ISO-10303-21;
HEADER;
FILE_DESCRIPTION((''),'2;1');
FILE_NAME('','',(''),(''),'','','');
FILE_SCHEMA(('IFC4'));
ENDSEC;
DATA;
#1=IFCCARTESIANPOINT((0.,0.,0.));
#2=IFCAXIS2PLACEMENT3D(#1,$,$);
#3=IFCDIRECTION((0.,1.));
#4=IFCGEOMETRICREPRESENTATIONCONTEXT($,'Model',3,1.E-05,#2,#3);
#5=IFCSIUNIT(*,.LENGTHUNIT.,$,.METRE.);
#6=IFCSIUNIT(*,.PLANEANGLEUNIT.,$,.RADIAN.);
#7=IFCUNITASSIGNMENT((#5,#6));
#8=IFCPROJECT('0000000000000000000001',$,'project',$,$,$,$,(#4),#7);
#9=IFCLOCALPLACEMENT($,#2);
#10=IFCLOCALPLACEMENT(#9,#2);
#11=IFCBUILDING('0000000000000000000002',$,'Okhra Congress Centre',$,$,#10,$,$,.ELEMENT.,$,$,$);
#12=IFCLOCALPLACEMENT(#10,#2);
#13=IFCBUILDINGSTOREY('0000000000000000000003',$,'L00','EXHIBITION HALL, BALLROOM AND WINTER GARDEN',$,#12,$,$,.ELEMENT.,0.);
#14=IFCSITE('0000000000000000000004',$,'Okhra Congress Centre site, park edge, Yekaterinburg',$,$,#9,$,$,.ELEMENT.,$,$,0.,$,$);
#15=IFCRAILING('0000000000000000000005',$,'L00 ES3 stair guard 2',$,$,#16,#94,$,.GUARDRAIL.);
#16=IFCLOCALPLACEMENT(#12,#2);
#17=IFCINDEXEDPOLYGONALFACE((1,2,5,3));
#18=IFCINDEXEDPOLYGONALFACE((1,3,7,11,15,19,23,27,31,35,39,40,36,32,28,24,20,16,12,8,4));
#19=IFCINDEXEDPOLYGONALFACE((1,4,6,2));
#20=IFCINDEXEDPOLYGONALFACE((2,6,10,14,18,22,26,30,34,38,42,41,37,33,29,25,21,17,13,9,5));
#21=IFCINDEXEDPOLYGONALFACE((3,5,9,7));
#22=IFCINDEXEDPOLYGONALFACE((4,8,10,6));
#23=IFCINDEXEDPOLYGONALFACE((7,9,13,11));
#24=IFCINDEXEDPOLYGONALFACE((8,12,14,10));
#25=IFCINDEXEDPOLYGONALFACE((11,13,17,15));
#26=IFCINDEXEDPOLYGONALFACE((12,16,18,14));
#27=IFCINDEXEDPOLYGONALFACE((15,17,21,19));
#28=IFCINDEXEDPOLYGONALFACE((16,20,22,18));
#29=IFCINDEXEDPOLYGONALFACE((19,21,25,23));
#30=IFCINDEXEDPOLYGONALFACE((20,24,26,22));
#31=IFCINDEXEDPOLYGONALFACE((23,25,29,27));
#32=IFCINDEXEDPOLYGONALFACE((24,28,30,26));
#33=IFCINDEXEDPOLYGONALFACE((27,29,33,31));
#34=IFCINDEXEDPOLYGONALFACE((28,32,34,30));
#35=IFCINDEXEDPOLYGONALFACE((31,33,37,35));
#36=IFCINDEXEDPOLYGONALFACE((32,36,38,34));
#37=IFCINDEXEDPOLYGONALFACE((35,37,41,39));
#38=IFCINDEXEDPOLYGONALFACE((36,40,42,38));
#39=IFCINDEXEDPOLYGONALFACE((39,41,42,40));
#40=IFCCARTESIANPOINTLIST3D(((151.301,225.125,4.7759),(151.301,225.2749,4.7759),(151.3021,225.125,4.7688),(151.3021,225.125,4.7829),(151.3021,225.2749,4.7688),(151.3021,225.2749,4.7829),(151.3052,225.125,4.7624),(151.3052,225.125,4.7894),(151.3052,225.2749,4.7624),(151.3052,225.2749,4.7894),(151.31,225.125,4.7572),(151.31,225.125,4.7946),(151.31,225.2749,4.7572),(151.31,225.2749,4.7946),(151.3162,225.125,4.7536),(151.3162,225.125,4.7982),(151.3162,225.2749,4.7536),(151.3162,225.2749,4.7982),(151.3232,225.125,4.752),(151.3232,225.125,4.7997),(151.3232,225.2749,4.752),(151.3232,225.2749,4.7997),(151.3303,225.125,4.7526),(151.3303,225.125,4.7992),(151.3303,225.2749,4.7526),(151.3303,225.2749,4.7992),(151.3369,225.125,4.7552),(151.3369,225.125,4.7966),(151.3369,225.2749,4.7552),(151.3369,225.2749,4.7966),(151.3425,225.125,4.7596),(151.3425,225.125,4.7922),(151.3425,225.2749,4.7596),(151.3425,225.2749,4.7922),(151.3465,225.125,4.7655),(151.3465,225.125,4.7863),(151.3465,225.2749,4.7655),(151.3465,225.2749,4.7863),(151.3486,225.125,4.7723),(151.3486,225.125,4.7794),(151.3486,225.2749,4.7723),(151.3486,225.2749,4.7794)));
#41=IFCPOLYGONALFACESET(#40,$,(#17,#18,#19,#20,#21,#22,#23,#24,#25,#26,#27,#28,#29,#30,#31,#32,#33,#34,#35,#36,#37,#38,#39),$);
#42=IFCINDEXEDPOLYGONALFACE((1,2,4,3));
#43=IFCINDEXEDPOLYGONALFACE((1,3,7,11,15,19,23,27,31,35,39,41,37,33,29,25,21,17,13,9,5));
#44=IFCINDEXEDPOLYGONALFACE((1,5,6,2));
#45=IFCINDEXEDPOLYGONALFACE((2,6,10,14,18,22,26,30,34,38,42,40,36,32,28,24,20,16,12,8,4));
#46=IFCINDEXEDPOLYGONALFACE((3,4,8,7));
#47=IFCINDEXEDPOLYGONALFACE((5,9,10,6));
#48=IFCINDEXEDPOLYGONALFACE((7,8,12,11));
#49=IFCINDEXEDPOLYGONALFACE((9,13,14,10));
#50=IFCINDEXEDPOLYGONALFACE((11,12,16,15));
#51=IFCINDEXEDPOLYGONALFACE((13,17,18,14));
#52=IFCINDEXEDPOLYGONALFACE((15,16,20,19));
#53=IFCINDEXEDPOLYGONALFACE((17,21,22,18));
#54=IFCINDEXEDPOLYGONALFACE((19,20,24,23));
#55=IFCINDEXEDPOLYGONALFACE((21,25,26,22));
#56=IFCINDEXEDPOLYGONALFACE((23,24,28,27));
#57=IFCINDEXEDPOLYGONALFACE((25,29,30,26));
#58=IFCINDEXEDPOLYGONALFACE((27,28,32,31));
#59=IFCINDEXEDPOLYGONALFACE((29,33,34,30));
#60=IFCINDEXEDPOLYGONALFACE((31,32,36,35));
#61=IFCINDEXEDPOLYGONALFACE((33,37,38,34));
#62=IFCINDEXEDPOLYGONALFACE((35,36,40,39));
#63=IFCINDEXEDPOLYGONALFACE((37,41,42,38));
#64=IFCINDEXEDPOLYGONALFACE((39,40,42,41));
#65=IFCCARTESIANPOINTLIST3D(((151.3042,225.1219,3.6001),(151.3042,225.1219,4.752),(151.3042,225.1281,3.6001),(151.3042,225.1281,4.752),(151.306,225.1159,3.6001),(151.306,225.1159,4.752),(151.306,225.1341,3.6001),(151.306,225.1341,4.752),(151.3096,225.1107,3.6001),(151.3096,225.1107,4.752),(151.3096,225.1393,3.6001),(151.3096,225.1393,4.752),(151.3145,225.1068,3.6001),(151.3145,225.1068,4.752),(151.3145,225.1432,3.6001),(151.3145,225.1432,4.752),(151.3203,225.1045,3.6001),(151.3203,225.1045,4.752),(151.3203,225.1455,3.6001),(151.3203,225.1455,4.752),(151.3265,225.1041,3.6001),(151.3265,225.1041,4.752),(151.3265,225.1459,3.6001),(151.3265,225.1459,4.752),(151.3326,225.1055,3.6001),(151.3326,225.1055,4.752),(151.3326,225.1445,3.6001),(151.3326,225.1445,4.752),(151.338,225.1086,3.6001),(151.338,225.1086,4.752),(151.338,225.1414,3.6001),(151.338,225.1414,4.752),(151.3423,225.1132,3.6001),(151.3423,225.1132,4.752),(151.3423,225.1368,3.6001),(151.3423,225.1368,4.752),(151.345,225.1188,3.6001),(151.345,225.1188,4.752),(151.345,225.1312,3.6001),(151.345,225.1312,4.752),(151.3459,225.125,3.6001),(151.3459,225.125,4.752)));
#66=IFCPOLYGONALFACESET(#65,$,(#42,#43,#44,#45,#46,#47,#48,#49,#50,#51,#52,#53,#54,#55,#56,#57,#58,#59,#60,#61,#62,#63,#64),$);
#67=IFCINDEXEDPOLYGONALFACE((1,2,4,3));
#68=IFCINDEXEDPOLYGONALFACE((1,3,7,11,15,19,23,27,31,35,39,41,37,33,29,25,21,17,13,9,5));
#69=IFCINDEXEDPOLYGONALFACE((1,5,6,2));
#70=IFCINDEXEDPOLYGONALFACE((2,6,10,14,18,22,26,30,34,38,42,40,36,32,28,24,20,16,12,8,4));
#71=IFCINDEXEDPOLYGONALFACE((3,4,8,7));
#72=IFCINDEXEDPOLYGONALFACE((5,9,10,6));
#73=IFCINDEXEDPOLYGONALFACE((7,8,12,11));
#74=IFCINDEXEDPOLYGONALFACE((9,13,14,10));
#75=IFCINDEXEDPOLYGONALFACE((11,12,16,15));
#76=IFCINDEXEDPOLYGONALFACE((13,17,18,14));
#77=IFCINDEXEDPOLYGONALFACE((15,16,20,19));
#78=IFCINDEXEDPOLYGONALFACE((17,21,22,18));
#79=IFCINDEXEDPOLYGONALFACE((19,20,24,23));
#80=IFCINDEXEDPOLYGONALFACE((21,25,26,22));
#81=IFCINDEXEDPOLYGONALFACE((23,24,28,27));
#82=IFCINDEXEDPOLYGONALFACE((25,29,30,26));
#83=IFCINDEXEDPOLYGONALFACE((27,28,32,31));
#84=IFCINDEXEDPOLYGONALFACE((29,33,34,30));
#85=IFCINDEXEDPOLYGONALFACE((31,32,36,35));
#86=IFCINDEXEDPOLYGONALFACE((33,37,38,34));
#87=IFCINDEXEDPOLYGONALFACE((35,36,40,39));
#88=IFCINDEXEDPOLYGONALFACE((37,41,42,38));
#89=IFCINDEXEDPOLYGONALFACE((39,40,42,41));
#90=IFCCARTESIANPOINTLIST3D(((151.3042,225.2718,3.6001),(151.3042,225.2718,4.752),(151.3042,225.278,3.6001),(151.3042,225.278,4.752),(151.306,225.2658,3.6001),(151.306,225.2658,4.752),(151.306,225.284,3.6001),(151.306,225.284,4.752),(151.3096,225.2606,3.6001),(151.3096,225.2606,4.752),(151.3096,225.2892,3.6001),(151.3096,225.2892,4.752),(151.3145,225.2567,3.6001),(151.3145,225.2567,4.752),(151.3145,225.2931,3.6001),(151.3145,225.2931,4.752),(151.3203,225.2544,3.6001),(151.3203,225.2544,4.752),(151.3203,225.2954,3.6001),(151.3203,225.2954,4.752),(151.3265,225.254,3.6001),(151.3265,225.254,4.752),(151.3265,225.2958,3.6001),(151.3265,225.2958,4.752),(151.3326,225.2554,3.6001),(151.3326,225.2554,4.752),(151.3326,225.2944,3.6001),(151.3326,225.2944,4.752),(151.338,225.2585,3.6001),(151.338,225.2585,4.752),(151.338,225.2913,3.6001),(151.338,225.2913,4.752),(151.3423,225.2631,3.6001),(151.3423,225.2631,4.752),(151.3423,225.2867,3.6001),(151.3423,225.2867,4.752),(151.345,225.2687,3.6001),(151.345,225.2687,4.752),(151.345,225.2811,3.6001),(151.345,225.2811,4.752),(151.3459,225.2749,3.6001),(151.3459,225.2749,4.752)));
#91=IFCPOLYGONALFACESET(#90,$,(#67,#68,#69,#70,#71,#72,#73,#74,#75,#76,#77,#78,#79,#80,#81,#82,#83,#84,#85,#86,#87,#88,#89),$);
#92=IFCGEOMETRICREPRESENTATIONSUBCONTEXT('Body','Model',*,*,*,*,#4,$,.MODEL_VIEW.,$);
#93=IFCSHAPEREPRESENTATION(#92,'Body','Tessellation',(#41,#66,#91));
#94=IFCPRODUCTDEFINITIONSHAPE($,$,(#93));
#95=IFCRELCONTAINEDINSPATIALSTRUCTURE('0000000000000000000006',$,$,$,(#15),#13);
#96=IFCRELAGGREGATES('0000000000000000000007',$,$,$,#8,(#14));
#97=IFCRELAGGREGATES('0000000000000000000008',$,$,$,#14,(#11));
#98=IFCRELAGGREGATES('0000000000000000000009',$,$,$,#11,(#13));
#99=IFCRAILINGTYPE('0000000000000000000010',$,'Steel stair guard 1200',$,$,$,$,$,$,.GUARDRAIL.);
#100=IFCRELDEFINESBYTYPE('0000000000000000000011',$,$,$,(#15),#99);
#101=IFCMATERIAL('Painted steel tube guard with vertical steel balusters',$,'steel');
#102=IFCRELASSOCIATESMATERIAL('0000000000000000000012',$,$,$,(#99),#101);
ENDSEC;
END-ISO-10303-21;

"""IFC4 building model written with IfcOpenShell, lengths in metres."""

from ifc_helpers import new_model, si_unit, direction, frame, origin, origin_2d, place, context, subcontext, project, spatial, circle, extrude, material, type_object, element, save


model = new_model("IFC4")

# Units and contexts
model_context = context("Model", 3, precision=1e-05, world=origin(), true_north=direction((0.0, 1.0)))
body_context = subcontext(model_context, "Body", "Model", "MODEL_VIEW")
ifc_project = project(units=[si_unit("LENGTHUNIT", "METRE"), si_unit("PLANEANGLEUNIT", "RADIAN")], contexts=[model_context])

# Site, building, storey
site_placement = place(None, origin())
site = spatial("IfcSite", under=ifc_project, at=site_placement, Name="Okhra Congress Centre site, park edge, Yekaterinburg", CompositionType="ELEMENT", RefElevation=0.0)
building_placement = place(site_placement, origin())
building = spatial("IfcBuilding", under=site, at=building_placement, Name="Okhra Congress Centre", CompositionType="ELEMENT")
storey_placement = place(building_placement, origin())
storey = spatial("IfcBuildingStorey", under=building, at=storey_placement, Name="L00", Description="EXHIBITION HALL, BALLROOM AND WINTER GARDEN", CompositionType="ELEMENT", Elevation=0.0)

# Railing
ifc_material_1 = material(Name="Painted steel tube guard with vertical steel balusters", Category="steel")
railing_type_1 = type_object("IfcRailingType", Name="Steel stair guard 1200", PredefinedType="GUARDRAIL", material=ifc_material_1)
railing_1_placement = place(storey_placement, frame((151.325, 225.125, 3.6001)))
element("IfcRailing", 1, at=railing_1_placement, inside=storey, type_object=railing_type_1, Name="L00 ES3 stair guard 2", PredefinedType="GUARDRAIL", context=body_context, shape_type="SweptSolid", body=[
    extrude(circle(Radius=0.0239, at=origin_2d()), frame((0.0, 0.0, 1.1758), z_axis=(0.0, 1.0, 0.0), x_axis=(-1.0, 0.0, 0.0)), (0.0, 0.0, 1.0), 0.1499),
    extrude(circle(Radius=0.021, at=origin_2d()), origin(), (0.0, 0.0, 1.0), 1.1519),
    extrude(circle(Radius=0.021, at=origin_2d()), frame((0.0, 0.1499, 0.0)), (0.0, 0.0, 1.0), 1.1519),
])

save(model, "model.ifc")
